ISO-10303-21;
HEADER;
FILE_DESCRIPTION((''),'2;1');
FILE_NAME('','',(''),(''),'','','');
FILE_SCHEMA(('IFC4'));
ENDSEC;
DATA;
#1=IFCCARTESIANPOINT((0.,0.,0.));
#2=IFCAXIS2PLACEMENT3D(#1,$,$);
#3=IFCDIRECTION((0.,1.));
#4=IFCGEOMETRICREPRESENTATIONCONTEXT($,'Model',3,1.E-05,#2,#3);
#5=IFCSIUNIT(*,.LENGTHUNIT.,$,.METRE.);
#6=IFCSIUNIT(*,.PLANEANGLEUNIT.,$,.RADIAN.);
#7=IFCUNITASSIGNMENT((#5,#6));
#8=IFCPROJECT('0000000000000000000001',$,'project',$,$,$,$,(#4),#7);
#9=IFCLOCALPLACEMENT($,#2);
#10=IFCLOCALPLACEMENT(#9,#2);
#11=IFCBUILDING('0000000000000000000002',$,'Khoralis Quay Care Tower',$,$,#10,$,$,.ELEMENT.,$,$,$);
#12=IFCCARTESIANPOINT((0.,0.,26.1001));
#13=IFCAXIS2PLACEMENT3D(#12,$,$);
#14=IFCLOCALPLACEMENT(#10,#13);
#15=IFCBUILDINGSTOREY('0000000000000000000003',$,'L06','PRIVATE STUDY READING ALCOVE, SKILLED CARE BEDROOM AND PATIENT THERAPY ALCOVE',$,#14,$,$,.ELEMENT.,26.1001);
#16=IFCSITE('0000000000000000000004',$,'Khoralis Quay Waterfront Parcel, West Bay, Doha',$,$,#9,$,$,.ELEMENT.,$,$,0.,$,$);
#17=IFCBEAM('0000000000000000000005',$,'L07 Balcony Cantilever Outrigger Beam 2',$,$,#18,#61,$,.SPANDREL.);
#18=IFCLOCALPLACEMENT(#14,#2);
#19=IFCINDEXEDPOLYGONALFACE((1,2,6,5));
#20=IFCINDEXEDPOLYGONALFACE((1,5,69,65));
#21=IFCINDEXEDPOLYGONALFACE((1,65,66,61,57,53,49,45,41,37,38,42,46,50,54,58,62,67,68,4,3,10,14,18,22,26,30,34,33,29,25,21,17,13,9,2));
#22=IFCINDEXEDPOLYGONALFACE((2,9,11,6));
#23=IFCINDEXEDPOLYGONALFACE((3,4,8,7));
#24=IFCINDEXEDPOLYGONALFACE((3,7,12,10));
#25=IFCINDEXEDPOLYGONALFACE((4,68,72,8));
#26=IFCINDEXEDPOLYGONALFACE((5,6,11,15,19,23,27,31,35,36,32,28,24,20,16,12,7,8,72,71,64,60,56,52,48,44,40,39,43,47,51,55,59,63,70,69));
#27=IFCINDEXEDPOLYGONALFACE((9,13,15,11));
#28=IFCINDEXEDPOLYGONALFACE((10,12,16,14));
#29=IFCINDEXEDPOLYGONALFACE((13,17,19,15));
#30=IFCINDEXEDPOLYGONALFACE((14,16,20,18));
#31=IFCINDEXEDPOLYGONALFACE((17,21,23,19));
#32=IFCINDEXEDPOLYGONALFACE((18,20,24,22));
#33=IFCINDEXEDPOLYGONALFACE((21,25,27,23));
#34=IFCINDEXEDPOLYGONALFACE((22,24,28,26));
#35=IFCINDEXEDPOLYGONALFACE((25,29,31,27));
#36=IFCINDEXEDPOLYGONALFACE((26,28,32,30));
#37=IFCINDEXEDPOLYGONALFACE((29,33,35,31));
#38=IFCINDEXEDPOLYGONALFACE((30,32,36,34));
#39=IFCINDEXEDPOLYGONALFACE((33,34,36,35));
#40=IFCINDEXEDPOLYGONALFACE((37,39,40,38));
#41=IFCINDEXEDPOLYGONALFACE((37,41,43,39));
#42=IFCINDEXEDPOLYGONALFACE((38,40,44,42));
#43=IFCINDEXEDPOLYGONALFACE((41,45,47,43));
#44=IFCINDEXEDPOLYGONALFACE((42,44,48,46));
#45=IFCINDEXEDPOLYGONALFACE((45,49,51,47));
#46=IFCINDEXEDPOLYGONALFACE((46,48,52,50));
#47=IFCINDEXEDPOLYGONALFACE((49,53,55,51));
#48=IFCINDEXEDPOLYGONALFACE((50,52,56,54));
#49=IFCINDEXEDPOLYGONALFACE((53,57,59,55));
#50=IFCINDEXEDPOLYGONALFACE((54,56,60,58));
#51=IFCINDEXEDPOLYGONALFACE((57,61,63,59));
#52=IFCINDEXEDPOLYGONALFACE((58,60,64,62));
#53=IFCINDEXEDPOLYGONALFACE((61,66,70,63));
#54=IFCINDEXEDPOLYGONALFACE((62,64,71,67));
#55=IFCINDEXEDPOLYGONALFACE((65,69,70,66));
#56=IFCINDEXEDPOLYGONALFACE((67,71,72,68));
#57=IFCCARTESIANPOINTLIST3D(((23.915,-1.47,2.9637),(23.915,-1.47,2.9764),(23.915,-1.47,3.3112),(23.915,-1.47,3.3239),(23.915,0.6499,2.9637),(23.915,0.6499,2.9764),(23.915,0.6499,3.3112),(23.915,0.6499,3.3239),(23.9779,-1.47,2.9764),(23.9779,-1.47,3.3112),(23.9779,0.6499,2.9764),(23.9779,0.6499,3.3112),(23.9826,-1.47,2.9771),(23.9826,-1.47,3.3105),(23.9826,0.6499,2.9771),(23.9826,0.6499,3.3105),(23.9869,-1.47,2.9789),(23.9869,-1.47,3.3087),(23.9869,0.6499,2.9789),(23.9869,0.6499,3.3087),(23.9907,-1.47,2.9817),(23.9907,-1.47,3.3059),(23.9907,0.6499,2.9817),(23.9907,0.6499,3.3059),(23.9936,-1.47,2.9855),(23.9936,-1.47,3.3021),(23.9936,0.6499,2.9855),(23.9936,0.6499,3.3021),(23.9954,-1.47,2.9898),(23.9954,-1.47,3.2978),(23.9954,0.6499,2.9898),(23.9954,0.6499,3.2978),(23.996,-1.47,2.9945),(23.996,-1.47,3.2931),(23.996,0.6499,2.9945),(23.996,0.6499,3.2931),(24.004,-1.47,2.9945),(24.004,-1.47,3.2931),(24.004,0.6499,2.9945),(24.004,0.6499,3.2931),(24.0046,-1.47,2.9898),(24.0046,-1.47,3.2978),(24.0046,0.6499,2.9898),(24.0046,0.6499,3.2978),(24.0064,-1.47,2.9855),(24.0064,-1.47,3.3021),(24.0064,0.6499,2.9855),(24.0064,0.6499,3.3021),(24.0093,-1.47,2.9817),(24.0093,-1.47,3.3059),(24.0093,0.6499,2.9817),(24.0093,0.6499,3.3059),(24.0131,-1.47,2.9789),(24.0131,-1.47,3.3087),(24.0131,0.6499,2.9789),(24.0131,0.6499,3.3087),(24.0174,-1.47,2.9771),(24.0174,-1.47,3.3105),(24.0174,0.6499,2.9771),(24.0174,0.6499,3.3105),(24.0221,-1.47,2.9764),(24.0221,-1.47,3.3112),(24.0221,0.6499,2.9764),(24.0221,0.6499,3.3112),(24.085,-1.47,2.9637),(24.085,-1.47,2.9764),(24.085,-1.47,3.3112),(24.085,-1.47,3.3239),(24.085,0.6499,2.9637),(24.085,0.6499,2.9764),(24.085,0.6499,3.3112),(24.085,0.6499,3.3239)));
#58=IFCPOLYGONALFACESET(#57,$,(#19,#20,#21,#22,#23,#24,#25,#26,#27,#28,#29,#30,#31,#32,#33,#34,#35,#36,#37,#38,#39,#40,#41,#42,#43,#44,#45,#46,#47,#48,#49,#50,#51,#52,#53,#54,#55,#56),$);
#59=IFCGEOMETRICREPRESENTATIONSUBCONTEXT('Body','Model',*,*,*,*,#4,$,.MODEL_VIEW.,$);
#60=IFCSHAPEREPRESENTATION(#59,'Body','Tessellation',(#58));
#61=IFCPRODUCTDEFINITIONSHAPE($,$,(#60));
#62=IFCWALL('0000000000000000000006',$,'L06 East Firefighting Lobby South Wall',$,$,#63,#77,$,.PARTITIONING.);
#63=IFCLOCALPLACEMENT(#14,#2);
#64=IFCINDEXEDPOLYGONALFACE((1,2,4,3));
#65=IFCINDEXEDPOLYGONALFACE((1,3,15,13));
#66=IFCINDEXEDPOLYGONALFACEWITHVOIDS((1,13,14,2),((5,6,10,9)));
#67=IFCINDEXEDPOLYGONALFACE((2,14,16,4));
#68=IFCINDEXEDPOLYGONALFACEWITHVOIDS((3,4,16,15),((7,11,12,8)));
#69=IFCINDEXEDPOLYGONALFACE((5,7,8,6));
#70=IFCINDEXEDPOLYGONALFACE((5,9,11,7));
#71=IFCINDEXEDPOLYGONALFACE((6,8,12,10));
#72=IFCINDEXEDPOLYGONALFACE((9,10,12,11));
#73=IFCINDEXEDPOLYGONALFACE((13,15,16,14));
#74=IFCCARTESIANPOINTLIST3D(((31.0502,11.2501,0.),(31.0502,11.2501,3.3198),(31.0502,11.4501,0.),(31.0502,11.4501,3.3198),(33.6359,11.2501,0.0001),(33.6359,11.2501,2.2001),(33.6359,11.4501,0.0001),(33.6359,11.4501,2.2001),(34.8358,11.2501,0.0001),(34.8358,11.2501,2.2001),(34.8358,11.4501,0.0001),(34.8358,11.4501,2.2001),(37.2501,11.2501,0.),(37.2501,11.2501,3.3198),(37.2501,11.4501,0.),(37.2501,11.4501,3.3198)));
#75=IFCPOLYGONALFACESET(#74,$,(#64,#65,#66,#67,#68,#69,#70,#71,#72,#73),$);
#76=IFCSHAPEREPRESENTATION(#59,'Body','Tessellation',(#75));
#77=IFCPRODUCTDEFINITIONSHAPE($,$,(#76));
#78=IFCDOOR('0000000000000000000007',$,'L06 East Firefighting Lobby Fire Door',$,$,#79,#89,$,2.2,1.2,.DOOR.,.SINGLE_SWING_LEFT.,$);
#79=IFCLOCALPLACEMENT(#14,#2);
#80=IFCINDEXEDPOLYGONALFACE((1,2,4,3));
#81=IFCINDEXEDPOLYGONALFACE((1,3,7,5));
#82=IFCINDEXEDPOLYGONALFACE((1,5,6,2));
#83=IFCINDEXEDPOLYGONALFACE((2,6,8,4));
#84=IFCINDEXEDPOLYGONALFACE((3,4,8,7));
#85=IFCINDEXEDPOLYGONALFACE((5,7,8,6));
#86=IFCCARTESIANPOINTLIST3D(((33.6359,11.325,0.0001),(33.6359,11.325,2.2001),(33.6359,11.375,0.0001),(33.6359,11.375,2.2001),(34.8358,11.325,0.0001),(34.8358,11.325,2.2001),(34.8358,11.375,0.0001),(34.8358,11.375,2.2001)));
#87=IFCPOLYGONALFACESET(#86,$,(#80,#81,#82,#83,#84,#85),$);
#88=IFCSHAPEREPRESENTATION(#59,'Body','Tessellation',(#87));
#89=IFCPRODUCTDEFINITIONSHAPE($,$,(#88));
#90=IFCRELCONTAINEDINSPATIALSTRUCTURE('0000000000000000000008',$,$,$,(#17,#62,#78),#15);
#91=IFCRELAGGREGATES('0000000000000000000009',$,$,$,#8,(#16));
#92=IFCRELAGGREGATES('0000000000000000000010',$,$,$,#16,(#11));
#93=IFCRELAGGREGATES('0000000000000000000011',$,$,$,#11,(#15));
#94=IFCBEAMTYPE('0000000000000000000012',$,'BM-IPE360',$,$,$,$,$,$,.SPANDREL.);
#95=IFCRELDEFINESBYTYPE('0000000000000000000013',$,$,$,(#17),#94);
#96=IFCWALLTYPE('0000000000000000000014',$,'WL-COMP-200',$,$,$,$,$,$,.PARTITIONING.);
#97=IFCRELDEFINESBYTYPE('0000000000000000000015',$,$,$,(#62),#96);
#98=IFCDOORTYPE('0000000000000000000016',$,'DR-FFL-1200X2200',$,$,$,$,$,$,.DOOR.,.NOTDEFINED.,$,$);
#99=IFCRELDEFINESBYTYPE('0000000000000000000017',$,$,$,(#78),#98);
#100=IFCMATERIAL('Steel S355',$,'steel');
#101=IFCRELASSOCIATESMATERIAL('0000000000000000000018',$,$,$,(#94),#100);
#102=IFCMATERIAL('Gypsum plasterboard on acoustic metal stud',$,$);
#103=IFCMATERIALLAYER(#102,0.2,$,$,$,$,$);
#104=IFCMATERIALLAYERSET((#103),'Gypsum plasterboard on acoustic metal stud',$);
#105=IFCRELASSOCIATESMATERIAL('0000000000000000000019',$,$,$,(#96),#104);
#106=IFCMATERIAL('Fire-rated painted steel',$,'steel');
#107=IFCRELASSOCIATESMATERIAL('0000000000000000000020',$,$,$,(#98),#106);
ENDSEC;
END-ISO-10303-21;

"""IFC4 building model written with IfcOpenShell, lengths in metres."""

from ifc_helpers import new_model, si_unit, direction, frame, frame_2d, origin, origin_2d, place, context, subcontext, project, spatial, rectangle, i_section, extrude, source, transform, mapped, material, layer, layer_set, material_profile, profile_set, type_object, element, fill, save


model = new_model("IFC4")

# Units and contexts
model_context = context("Model", 3, precision=1e-05, world=origin(), true_north=direction((0.0, 1.0)))
body_context = subcontext(model_context, "Body", "Model", "MODEL_VIEW")
ifc_project = project(units=[si_unit("LENGTHUNIT", "METRE"), si_unit("PLANEANGLEUNIT", "RADIAN")], contexts=[model_context])

# Site, building, storey
site_placement = place(None, origin())
site = spatial("IfcSite", under=ifc_project, at=site_placement, Name="Khoralis Quay Waterfront Parcel, West Bay, Doha", CompositionType="ELEMENT", RefElevation=0.0)
building_placement = place(site_placement, origin())
building = spatial("IfcBuilding", under=site, at=building_placement, Name="Khoralis Quay Care Tower", CompositionType="ELEMENT")
storey_placement = place(building_placement, frame((0.0, 0.0, 26.1001)))
storey = spatial("IfcBuildingStorey", under=building, at=storey_placement, Name="L06", Description="PRIVATE STUDY READING ALCOVE, SKILLED CARE BEDROOM AND PATIENT THERAPY ALCOVE", CompositionType="ELEMENT", Elevation=26.1001)

# Shared definitions
ifc_material_1 = material(Name="Steel S355", Category="steel")

# Beam
ifc_material_profile_1 = material_profile(ifc_material_1, i_section(OverallWidth=0.1699, OverallDepth=0.3601, WebThickness=0.0081, FlangeThickness=0.0127, FilletRadius=0.0181, at=origin_2d()), Name="Steel S355")
ifc_profile_set_1 = profile_set([ifc_material_profile_1], Name="Steel S355")
beam_type_1 = type_object("IfcBeamType", Name="BM-IPE360", PredefinedType="SPANDREL", material=ifc_profile_set_1)
shared_shape_1 = source(origin(), body_context, "Body", "SweptSolid", [
    extrude(i_section(OverallWidth=0.1699, OverallDepth=0.3601, WebThickness=0.0081, FlangeThickness=0.0127, FilletRadius=0.0181, at=origin_2d()), origin(), (0.0, 0.0, 1.0), 2.1199),
])
beam_1_placement = place(storey_placement, frame((24.0, 0.6499, 3.1438), z_axis=(0.0, -1.0, 0.0), x_axis=(1.0, 0.0, 0.0)))
element("IfcBeam", 1, at=beam_1_placement, inside=storey, type_object=beam_type_1, Name="L07 Balcony Cantilever Outrigger Beam 2", PredefinedType="SPANDREL", context=body_context, shape_type="MappedRepresentation", body=[
    mapped(shared_shape_1, transform((0.0, 0.0, 0.0), scale=1.0)),
])

# Wall, opening, door
ifc_material_2 = material(Name="Gypsum plasterboard on acoustic metal stud")
ifc_layer_1 = layer(ifc_material_2, 0.2)
ifc_layer_set_1 = layer_set([ifc_layer_1], Name="Gypsum plasterboard on acoustic metal stud")
wall_type_1 = type_object("IfcWallType", Name="WL-COMP-200", PredefinedType="PARTITIONING", material=ifc_layer_set_1)
wall_1_placement = place(storey_placement, frame((31.05, 11.3501, 0.0), z_axis=(0.0, 0.0, 1.0), x_axis=(1.0, 0.0, 0.0)))
wall_1 = element("IfcWall", 2, at=wall_1_placement, inside=storey, type_object=wall_type_1, Name="L06 East Firefighting Lobby South Wall", PredefinedType="PARTITIONING", context=body_context, shape_type="SweptSolid", body=[
    extrude(rectangle(XDim=6.2, YDim=0.2, at=frame_2d((3.1001, 0.0))), origin(), (0.0, 0.0, 1.0), 3.3198),
])
opening_1_placement = place(wall_1_placement, frame((2.5857, 0.0, 0.0)))
opening_1 = element("IfcOpeningElement", 3, at=opening_1_placement, cuts=wall_1, PredefinedType="OPENING", context=body_context, shape_type="SweptSolid", body=[
    extrude(rectangle(XDim=1.2, YDim=2.2, at=frame_2d((0.6001, 1.1001))), frame((0.0, 0.1099, 0.0), z_axis=(0.0, -1.0, 0.0), x_axis=(1.0, 0.0, 0.0)), (0.0, 0.0, 1.0), 0.22),
])
ifc_material_3 = material(Name="Fire-rated painted steel", Category="steel")
door_type_1 = type_object("IfcDoorType", Name="DR-FFL-1200X2200", OperationType="NOTDEFINED", PredefinedType="DOOR", material=ifc_material_3)
shared_shape_2 = source(origin(), body_context, "Body", "SweptSolid", [
    extrude(rectangle(XDim=1.2, YDim=2.2, at=frame_2d((0.6001, 1.1001))), frame((0.0, 0.0249, 0.0), z_axis=(0.0, -1.0, 0.0), x_axis=(1.0, 0.0, 0.0)), (0.0, 0.0, 1.0), 0.05),
])
door_1_placement = place(opening_1_placement, origin())
door_1 = element("IfcDoor", 4, at=door_1_placement, inside=storey, type_object=door_type_1, Name="L06 East Firefighting Lobby Fire Door", OperationType="SINGLE_SWING_LEFT", OverallHeight=2.2, OverallWidth=1.2, PredefinedType="DOOR", context=body_context, shape_type="MappedRepresentation", body=[
    mapped(shared_shape_2, transform((0.0, 0.0, 0.0), scale=1.0)),
])
fill(opening_1, door_1)

save(model, "model.ifc")
